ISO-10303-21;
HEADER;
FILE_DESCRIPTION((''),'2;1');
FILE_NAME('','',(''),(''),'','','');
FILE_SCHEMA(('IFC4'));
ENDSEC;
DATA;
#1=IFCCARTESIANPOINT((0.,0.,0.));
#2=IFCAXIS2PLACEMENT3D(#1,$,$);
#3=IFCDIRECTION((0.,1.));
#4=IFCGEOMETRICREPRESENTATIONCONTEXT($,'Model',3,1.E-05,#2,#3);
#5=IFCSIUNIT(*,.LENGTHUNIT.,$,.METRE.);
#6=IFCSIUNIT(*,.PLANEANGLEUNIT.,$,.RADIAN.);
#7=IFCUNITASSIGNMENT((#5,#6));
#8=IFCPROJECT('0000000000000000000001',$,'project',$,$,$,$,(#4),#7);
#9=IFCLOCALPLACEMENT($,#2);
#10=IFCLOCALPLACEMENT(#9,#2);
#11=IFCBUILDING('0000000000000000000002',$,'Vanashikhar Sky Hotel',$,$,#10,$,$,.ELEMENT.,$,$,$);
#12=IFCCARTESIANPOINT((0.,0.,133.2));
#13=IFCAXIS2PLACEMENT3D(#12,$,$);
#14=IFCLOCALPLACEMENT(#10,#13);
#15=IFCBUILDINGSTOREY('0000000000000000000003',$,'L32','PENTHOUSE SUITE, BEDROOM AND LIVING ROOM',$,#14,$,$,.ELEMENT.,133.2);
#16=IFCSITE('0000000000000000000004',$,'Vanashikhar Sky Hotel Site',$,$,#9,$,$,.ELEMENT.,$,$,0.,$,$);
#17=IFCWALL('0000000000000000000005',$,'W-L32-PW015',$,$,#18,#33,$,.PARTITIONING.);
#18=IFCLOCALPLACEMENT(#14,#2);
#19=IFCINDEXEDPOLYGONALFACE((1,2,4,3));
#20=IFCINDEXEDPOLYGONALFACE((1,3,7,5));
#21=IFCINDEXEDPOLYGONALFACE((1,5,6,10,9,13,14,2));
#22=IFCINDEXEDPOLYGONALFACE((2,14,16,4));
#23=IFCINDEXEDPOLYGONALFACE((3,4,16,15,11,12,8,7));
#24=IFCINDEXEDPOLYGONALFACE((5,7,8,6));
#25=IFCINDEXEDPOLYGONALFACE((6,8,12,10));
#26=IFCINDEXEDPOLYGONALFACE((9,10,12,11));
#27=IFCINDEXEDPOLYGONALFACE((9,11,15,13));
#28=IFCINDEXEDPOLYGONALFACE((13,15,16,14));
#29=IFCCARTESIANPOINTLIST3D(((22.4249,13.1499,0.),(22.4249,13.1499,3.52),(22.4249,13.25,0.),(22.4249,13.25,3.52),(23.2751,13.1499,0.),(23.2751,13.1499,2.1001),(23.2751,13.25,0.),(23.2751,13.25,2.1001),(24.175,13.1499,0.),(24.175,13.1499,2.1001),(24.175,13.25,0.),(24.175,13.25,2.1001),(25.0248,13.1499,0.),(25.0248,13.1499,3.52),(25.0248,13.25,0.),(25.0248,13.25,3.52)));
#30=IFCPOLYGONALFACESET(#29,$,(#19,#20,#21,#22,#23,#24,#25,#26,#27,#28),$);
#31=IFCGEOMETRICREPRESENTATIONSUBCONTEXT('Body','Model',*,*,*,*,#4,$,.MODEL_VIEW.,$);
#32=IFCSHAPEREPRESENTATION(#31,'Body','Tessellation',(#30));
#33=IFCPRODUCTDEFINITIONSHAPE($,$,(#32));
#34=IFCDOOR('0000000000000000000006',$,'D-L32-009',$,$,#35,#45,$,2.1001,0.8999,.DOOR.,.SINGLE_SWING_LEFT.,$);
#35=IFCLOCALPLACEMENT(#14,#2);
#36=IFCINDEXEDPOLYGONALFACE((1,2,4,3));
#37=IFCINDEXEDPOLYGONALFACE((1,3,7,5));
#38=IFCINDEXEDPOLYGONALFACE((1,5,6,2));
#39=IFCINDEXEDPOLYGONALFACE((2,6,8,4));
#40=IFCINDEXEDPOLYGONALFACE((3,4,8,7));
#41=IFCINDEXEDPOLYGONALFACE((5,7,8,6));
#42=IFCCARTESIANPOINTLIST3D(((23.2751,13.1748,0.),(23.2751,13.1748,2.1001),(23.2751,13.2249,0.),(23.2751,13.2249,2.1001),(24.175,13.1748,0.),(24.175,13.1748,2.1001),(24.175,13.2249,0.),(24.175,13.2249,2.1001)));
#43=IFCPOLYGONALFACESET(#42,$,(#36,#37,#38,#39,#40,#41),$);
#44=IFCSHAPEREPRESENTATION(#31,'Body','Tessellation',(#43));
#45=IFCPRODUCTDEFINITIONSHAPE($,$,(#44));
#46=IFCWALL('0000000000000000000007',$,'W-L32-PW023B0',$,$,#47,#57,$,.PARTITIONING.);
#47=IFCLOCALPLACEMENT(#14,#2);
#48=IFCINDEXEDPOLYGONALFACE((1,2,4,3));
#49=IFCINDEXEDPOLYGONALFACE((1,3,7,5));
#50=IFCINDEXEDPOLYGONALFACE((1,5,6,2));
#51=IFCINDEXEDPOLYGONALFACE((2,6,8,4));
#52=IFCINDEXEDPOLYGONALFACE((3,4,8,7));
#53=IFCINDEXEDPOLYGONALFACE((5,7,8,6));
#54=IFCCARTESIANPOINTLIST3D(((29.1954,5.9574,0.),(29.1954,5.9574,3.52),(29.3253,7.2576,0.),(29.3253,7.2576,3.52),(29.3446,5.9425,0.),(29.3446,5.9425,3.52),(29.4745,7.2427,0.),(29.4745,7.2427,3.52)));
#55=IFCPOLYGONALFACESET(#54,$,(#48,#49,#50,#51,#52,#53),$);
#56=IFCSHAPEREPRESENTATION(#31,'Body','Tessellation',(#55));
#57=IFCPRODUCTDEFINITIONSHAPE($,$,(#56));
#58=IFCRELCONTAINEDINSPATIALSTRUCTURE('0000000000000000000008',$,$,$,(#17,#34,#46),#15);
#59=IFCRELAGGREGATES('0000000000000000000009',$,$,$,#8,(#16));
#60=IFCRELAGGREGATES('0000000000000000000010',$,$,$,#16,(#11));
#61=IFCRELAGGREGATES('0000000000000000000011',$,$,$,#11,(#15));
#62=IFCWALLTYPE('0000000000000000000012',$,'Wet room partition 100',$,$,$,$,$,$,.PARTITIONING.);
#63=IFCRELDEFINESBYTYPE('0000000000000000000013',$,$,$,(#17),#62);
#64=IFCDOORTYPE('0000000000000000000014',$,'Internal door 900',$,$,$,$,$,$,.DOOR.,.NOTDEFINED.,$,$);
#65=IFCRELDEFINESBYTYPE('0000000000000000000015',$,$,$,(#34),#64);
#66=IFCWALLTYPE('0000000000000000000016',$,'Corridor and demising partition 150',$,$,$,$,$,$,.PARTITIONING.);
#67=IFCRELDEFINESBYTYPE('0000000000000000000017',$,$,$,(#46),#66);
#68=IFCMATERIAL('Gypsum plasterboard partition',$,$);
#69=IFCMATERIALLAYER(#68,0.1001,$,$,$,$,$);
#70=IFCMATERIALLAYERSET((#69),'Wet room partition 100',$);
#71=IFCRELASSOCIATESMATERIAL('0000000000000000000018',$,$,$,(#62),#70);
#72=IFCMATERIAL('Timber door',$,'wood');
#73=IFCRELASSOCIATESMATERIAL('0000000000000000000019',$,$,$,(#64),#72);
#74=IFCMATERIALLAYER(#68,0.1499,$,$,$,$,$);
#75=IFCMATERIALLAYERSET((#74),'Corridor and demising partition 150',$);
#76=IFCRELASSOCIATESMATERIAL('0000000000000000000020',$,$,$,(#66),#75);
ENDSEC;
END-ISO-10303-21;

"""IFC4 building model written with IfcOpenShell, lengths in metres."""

from ifc_helpers import new_model, si_unit, direction, frame, frame_2d, origin, place, context, subcontext, project, spatial, rectangle, extrude, source, transform, mapped, material, layer, layer_set, type_object, element, fill, save


model = new_model("IFC4")

# Units and contexts
model_context = context("Model", 3, precision=1e-05, world=origin(), true_north=direction((0.0, 1.0)))
body_context = subcontext(model_context, "Body", "Model", "MODEL_VIEW")
ifc_project = project(units=[si_unit("LENGTHUNIT", "METRE"), si_unit("PLANEANGLEUNIT", "RADIAN")], contexts=[model_context])

# Site, building, storey
site_placement = place(None, origin())
site = spatial("IfcSite", under=ifc_project, at=site_placement, Name="Vanashikhar Sky Hotel Site", CompositionType="ELEMENT", RefElevation=0.0)
building_placement = place(site_placement, origin())
building = spatial("IfcBuilding", under=site, at=building_placement, Name="Vanashikhar Sky Hotel", CompositionType="ELEMENT")
storey_placement = place(building_placement, frame((0.0, 0.0, 133.2)))
storey = spatial("IfcBuildingStorey", under=building, at=storey_placement, Name="L32", Description="PENTHOUSE SUITE, BEDROOM AND LIVING ROOM", CompositionType="ELEMENT", Elevation=133.2)

# Shared definitions
ifc_material_1 = material(Name="Gypsum plasterboard partition")
ifc_layer_1 = layer(ifc_material_1, 0.1001)
ifc_layer_set_1 = layer_set([ifc_layer_1], Name="Wet room partition 100")
wall_type_1 = type_object("IfcWallType", Name="Wet room partition 100", PredefinedType="PARTITIONING", material=ifc_layer_set_1)
shared_shape_1 = source(origin(), body_context, "Body", "SweptSolid", [
    extrude(rectangle(XDim=0.8999, YDim=2.1001, at=frame_2d((0.45, 1.05))), frame((0.0, 0.0601, 0.0), z_axis=(0.0, -1.0, 0.0), x_axis=(1.0, 0.0, 0.0)), (0.0, 0.0, 1.0), 0.1201),
])
ifc_material_2 = material(Name="Timber door", Category="wood")
door_type_1 = type_object("IfcDoorType", Name="Internal door 900", OperationType="NOTDEFINED", PredefinedType="DOOR", material=ifc_material_2)
shared_shape_2 = source(origin(), body_context, "Body", "SweptSolid", [
    extrude(rectangle(XDim=0.8999, YDim=2.1001, at=frame_2d((0.45, 1.05))), frame((0.0, 0.0249, 0.0), z_axis=(0.0, -1.0, 0.0), x_axis=(1.0, 0.0, 0.0)), (0.0, 0.0, 1.0), 0.05),
])

# Shared definitions
ifc_layer_2 = layer(ifc_material_1, 0.1499)
ifc_layer_set_2 = layer_set([ifc_layer_2], Name="Corridor and demising partition 150")
wall_type_2 = type_object("IfcWallType", Name="Corridor and demising partition 150", PredefinedType="PARTITIONING", material=ifc_layer_set_2)

# Wall, opening, door
shared_shape_3 = source(origin(), body_context, "Body", "SweptSolid", [
    extrude(rectangle(XDim=2.5999, YDim=0.1001, at=frame_2d((1.2998, 0.0))), origin(), (0.0, 0.0, 1.0), 3.52),
])
wall_1_placement = place(storey_placement, frame((22.425, 13.2, 0.0), z_axis=(0.0, 0.0, 1.0), x_axis=(1.0, 0.0, 0.0)))
wall_1 = element("IfcWall", 1, at=wall_1_placement, inside=storey, type_object=wall_type_1, Name="W-L32-PW015", PredefinedType="PARTITIONING", context=body_context, shape_type="MappedRepresentation", body=[
    mapped(shared_shape_3, transform((0.0, 0.0, 0.0), scale=1.0)),
])
opening_1_placement = place(wall_1_placement, frame((0.8501, 0.0, 0.0)))
opening_1 = element("IfcOpeningElement", 2, at=opening_1_placement, cuts=wall_1, PredefinedType="OPENING", context=body_context, shape_type="MappedRepresentation", body=[
    mapped(shared_shape_1, transform((0.0, 0.0, 0.0), scale=1.0)),
])
door_1_placement = place(opening_1_placement, origin())
door_1 = element("IfcDoor", 3, at=door_1_placement, inside=storey, type_object=door_type_1, Name="D-L32-009", OperationType="SINGLE_SWING_LEFT", OverallHeight=2.1001, OverallWidth=0.8999, PredefinedType="DOOR", context=body_context, shape_type="MappedRepresentation", body=[
    mapped(shared_shape_2, transform((0.0, 0.0, 0.0), scale=1.0)),
])
fill(opening_1, door_1)

# Wall
shared_shape_4 = source(origin(), body_context, "Body", "SweptSolid", [
    extrude(rectangle(XDim=1.3066, YDim=0.1499, at=frame_2d((0.6533, 0.0))), origin(), (0.0, 0.0, 1.0), 3.52),
])
wall_2_placement = place(storey_placement, frame((29.27, 5.95, 0.0), z_axis=(0.0, 0.0, 1.0), x_axis=(0.099411, 0.995046, 0.0)))
element("IfcWall", 4, at=wall_2_placement, inside=storey, type_object=wall_type_2, Name="W-L32-PW023B0", PredefinedType="PARTITIONING", context=body_context, shape_type="MappedRepresentation", body=[
    mapped(shared_shape_4, transform((0.0, 0.0, 0.0), scale=1.0)),
])

save(model, "model.ifc")
